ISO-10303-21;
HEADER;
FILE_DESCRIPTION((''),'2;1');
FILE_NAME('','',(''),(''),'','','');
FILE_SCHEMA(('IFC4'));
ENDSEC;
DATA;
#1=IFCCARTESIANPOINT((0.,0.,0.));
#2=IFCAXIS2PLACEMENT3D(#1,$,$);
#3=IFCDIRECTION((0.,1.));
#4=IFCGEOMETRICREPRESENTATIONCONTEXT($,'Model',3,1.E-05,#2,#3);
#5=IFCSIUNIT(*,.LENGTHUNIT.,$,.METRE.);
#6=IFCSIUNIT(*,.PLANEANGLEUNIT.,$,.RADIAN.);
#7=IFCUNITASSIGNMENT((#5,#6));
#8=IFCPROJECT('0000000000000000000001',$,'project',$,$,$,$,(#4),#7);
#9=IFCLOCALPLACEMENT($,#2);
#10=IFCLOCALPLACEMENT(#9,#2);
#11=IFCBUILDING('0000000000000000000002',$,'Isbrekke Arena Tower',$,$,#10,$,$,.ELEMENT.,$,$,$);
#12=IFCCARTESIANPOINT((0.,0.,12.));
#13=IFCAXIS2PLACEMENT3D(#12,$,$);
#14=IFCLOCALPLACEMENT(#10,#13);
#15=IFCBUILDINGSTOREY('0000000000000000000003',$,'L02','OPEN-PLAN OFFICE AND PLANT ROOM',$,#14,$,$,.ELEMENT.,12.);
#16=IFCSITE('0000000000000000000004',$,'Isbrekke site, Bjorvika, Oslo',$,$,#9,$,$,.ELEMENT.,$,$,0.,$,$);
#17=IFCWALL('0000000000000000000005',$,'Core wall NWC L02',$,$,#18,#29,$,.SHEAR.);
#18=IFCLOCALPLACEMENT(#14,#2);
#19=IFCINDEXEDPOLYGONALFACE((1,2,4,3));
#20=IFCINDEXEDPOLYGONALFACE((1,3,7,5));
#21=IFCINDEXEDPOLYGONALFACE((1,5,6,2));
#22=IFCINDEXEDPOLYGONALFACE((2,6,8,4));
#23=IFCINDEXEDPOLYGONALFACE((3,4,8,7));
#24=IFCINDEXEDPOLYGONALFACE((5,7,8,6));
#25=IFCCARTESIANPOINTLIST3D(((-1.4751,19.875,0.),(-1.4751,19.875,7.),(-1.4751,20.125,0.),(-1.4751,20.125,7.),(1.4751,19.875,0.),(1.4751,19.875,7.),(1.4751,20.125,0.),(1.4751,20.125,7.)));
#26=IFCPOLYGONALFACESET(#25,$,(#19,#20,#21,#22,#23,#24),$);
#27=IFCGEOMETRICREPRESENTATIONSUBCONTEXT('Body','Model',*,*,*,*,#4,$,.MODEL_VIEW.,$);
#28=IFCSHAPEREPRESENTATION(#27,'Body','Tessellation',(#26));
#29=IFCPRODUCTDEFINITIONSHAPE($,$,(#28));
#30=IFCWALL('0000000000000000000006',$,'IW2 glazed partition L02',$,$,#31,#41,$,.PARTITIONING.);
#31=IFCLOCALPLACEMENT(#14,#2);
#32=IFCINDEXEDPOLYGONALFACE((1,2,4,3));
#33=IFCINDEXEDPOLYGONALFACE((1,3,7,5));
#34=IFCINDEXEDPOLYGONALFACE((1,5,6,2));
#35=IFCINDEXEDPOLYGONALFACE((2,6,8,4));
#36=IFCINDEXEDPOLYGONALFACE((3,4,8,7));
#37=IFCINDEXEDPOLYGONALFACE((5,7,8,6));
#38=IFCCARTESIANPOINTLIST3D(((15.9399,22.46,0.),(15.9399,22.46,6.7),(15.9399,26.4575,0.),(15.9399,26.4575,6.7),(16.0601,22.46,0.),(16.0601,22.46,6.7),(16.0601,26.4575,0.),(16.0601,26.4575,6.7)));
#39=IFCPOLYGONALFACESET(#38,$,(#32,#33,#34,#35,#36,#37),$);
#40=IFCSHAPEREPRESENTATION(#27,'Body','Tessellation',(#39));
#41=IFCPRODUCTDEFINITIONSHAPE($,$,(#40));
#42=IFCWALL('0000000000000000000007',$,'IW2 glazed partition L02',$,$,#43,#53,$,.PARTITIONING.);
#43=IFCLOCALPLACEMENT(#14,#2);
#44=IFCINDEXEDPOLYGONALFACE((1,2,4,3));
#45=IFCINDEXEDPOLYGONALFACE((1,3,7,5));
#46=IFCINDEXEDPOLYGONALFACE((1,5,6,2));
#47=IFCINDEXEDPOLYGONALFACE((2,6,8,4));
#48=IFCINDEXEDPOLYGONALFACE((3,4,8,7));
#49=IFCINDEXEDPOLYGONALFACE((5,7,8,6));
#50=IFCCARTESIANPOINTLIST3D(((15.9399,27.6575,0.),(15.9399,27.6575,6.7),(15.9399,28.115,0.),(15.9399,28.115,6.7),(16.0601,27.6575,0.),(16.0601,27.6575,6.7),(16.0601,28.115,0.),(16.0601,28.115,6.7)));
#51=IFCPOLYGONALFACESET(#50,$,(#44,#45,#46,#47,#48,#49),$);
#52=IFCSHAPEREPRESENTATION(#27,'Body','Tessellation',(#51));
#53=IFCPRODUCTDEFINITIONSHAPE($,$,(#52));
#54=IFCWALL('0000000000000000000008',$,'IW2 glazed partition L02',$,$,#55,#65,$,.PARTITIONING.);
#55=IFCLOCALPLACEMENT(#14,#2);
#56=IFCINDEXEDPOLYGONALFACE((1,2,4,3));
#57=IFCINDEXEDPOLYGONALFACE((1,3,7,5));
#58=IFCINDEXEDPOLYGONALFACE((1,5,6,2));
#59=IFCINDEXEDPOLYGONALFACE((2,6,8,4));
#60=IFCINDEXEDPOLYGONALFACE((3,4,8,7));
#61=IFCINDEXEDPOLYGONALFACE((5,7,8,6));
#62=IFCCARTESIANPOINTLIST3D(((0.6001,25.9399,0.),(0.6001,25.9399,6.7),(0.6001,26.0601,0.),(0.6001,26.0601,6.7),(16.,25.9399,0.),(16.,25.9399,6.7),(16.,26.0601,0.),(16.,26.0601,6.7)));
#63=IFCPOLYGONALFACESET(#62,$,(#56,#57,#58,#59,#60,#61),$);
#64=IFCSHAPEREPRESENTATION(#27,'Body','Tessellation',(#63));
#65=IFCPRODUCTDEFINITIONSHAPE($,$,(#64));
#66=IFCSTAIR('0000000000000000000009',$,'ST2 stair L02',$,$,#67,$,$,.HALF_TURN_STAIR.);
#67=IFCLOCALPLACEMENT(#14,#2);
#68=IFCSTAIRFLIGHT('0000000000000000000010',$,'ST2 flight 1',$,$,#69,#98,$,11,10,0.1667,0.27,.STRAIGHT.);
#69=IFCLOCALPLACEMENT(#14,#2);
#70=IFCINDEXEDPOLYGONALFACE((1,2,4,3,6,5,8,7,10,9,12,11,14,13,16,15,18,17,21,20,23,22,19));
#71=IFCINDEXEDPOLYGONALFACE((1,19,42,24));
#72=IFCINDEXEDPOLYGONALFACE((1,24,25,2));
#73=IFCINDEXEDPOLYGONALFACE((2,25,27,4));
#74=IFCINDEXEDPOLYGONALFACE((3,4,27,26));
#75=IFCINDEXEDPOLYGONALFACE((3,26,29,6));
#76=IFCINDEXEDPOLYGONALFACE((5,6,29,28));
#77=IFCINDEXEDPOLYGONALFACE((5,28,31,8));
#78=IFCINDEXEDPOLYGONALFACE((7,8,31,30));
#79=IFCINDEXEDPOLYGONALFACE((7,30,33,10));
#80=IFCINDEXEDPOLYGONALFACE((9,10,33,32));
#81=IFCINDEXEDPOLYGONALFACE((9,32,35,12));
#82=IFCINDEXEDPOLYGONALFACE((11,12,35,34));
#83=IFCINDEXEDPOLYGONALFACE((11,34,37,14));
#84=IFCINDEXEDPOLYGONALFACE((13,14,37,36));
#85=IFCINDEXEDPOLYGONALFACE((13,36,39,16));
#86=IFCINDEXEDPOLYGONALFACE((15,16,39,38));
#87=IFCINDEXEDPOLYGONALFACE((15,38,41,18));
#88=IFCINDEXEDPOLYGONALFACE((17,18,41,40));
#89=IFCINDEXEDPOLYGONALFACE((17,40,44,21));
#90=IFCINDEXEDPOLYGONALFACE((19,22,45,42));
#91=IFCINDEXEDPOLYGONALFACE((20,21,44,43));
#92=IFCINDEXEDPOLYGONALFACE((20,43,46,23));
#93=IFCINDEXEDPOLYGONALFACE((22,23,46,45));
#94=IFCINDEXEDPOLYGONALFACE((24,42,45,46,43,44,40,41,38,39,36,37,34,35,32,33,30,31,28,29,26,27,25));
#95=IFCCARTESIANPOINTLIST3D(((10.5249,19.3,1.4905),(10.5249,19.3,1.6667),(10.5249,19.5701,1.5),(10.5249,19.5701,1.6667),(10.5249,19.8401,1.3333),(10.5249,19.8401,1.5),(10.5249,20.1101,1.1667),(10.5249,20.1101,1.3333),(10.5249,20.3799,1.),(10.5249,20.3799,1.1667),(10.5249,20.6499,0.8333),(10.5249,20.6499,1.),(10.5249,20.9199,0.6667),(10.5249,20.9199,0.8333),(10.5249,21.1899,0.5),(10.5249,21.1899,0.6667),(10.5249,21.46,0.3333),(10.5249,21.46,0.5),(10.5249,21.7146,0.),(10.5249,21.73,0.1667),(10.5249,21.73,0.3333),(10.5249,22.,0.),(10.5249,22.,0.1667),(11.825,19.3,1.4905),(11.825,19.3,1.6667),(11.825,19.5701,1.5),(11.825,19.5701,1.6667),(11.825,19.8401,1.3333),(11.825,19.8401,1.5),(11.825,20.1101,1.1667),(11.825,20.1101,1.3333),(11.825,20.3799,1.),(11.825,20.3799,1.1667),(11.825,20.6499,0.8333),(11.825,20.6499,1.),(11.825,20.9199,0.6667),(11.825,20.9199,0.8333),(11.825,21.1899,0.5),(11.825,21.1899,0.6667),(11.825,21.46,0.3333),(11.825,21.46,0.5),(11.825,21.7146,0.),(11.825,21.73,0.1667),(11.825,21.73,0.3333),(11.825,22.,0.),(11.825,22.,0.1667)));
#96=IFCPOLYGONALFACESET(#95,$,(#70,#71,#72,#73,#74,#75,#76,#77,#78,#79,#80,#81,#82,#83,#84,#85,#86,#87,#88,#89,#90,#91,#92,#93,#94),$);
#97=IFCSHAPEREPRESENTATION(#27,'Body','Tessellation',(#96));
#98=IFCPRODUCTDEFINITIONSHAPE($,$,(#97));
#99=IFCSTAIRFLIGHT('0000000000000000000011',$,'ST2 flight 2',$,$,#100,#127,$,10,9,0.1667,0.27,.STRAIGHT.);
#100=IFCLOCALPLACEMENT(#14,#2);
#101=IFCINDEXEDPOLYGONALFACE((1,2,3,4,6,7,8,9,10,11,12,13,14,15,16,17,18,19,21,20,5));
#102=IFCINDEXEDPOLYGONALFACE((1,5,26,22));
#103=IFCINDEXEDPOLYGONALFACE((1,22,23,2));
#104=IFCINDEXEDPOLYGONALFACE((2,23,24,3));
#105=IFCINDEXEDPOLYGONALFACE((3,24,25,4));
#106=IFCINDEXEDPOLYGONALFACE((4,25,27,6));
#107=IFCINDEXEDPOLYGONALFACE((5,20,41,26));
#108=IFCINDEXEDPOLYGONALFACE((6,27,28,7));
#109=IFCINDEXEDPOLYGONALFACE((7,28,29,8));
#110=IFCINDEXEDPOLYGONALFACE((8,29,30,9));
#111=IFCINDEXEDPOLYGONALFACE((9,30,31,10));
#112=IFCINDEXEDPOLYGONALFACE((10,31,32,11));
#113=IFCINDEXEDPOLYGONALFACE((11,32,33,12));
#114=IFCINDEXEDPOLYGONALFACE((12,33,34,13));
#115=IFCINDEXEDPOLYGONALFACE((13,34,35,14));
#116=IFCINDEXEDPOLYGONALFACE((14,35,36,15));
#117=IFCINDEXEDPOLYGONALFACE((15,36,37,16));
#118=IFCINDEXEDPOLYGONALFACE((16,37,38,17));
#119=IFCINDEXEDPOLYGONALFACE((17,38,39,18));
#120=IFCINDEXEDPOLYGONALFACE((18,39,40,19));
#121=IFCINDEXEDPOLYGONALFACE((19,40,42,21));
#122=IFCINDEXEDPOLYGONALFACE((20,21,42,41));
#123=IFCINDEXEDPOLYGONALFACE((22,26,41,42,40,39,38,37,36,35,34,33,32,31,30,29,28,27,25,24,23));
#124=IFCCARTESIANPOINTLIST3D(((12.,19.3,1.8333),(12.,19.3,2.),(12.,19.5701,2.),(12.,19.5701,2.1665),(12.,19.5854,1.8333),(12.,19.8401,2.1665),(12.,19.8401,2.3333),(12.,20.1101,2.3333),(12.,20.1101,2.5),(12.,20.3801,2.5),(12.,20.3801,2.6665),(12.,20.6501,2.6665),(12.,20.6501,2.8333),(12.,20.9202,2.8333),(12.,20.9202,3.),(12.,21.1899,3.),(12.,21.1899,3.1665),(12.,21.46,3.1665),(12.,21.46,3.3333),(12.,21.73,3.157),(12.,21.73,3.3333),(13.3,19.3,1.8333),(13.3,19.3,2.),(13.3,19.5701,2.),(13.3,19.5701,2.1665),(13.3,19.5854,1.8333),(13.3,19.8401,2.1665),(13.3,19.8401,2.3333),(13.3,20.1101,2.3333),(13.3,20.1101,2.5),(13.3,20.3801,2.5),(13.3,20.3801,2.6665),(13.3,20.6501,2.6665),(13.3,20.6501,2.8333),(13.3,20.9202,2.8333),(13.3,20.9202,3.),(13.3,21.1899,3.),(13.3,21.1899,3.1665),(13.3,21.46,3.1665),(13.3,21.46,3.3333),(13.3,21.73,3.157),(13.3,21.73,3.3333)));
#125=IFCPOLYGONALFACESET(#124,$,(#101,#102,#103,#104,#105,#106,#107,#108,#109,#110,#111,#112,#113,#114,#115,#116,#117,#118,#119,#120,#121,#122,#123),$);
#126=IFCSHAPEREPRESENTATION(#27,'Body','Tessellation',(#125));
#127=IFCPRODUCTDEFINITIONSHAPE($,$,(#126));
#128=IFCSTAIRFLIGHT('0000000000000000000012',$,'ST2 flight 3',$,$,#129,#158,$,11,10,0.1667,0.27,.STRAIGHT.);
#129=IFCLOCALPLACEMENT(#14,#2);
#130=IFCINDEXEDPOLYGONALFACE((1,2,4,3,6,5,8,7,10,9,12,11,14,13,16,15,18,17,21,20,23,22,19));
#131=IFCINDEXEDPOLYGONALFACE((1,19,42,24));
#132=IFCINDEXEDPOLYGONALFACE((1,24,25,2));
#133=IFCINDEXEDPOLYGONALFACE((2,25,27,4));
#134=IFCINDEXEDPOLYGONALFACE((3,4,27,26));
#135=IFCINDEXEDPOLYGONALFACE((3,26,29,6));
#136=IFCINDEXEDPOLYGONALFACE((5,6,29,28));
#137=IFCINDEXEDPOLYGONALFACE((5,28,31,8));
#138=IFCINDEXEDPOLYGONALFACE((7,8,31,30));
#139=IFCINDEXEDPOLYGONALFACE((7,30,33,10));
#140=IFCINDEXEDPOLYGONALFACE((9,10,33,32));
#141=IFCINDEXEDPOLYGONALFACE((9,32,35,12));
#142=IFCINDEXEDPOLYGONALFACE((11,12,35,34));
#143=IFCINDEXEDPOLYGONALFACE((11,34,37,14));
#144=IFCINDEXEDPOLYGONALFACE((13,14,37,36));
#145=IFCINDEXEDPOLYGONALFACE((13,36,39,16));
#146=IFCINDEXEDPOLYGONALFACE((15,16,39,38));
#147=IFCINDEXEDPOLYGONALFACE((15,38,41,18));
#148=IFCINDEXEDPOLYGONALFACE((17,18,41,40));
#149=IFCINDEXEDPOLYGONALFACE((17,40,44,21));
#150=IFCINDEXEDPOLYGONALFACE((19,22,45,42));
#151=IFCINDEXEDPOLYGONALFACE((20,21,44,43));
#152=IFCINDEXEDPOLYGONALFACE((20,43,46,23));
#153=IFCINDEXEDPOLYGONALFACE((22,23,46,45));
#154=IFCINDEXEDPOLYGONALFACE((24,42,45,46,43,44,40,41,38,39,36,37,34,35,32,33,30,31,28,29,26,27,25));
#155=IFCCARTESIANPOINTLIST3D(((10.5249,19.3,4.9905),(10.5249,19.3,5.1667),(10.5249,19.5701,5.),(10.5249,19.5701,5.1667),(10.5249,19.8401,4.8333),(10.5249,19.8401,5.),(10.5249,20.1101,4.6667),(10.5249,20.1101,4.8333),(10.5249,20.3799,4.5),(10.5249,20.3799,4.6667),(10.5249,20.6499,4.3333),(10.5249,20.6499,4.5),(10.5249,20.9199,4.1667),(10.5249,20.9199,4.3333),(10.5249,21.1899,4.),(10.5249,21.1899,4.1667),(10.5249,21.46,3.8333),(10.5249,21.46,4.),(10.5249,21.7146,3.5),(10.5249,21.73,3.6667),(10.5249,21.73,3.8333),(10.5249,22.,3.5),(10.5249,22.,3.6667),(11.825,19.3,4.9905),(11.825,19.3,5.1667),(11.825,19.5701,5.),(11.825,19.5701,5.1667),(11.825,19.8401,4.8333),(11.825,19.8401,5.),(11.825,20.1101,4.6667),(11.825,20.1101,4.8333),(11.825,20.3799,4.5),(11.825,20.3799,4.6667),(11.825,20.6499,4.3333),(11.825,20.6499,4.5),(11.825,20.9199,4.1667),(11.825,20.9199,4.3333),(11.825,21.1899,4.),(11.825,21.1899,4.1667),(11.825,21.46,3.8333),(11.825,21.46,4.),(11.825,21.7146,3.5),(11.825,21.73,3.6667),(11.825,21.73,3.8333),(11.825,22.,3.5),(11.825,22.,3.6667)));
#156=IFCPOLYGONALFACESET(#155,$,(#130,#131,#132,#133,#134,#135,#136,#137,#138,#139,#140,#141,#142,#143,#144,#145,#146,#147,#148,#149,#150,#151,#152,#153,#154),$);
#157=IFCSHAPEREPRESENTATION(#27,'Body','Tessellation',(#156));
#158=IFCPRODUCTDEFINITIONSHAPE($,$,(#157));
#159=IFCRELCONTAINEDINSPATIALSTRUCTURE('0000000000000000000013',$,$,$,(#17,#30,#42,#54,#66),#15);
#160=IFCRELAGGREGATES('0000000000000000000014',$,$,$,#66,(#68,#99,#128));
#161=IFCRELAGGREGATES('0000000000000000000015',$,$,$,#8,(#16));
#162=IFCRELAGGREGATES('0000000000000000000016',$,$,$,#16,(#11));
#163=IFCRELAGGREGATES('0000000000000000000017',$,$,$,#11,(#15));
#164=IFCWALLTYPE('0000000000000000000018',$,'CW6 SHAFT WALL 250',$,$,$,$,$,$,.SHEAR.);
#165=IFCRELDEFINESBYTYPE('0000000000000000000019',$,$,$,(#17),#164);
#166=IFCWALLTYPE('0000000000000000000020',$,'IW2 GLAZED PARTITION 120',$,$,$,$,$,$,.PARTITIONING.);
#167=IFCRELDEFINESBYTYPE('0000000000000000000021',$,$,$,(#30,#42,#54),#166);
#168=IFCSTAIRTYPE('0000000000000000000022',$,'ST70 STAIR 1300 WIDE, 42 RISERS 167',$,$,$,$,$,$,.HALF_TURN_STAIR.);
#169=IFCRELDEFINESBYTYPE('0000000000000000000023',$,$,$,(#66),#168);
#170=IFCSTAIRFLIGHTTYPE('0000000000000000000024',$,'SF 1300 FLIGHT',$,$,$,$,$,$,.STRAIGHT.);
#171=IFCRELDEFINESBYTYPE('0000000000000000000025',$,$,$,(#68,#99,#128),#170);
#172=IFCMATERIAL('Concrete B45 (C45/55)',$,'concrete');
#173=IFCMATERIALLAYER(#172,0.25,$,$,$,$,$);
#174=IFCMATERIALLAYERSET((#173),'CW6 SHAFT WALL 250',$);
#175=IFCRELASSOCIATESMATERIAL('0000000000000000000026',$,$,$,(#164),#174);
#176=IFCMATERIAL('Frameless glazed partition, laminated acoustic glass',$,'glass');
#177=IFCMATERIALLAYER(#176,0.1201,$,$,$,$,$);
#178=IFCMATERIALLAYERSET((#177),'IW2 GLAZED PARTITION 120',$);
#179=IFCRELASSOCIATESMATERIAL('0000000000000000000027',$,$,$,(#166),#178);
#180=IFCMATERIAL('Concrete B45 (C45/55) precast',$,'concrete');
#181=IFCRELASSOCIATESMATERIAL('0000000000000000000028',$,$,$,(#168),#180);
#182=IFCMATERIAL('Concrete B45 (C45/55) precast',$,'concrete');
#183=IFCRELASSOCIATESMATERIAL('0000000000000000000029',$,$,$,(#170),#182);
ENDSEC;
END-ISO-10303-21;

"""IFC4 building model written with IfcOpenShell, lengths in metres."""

from ifc_helpers import new_model, si_unit, direction, frame, frame_2d, origin, place, context, subcontext, project, spatial, polyline, rectangle, outline, extrude, material, layer, layer_set, type_object, element, aggregate, save


model = new_model("IFC4")

# Units and contexts
model_context = context("Model", 3, precision=1e-05, world=origin(), true_north=direction((0.0, 1.0)))
body_context = subcontext(model_context, "Body", "Model", "MODEL_VIEW")
ifc_project = project(units=[si_unit("LENGTHUNIT", "METRE"), si_unit("PLANEANGLEUNIT", "RADIAN")], contexts=[model_context])

# Site, building, storey
site_placement = place(None, origin())
site = spatial("IfcSite", under=ifc_project, at=site_placement, Name="Isbrekke site, Bjorvika, Oslo", CompositionType="ELEMENT", RefElevation=0.0)
building_placement = place(site_placement, origin())
building = spatial("IfcBuilding", under=site, at=building_placement, Name="Isbrekke Arena Tower", CompositionType="ELEMENT")
storey_placement = place(building_placement, frame((0.0, 0.0, 12.0)))
storey = spatial("IfcBuildingStorey", under=building, at=storey_placement, Name="L02", Description="OPEN-PLAN OFFICE AND PLANT ROOM", CompositionType="ELEMENT", Elevation=12.0)

# Walls
ifc_material_1 = material(Name="Concrete B45 (C45/55)", Category="concrete")
ifc_layer_1 = layer(ifc_material_1, 0.25)
ifc_layer_set_1 = layer_set([ifc_layer_1], Name="CW6 SHAFT WALL 250")
wall_type_1 = type_object("IfcWallType", Name="CW6 SHAFT WALL 250", PredefinedType="SHEAR", material=ifc_layer_set_1)
wall_1_placement = place(storey_placement, frame((-1.4751, 20.0, 0.0), z_axis=(0.0, 0.0, 1.0), x_axis=(1.0, 0.0, 0.0)))
element("IfcWall", 1, at=wall_1_placement, inside=storey, type_object=wall_type_1, Name="Core wall NWC L02", PredefinedType="SHEAR", context=body_context, shape_type="SweptSolid", body=[
    extrude(rectangle(XDim=2.9502, YDim=0.25, at=frame_2d((1.4751, 0.0))), origin(), (0.0, 0.0, 1.0), 7.0),
])
ifc_material_2 = material(Name="Frameless glazed partition, laminated acoustic glass", Category="glass")
ifc_layer_2 = layer(ifc_material_2, 0.1201)
ifc_layer_set_2 = layer_set([ifc_layer_2], Name="IW2 GLAZED PARTITION 120")
wall_type_2 = type_object("IfcWallType", Name="IW2 GLAZED PARTITION 120", PredefinedType="PARTITIONING", material=ifc_layer_set_2)
wall_2_placement = place(storey_placement, frame((16.0, 22.46, 0.0), z_axis=(0.0, 0.0, 1.0), x_axis=(0.0, 1.0, 0.0)))
element("IfcWall", 2, at=wall_2_placement, inside=storey, type_object=wall_type_2, Name="IW2 glazed partition L02", PredefinedType="PARTITIONING", context=body_context, shape_type="SweptSolid", body=[
    extrude(rectangle(XDim=3.9976, YDim=0.1201, at=frame_2d((1.9988, 0.0))), origin(), (0.0, 0.0, 1.0), 6.7),
])
wall_3_placement = place(storey_placement, frame((16.0, 27.6575, 0.0), z_axis=(0.0, 0.0, 1.0), x_axis=(0.0, 1.0, 0.0)))
element("IfcWall", 3, at=wall_3_placement, inside=storey, type_object=wall_type_2, Name="IW2 glazed partition L02", PredefinedType="PARTITIONING", context=body_context, shape_type="SweptSolid", body=[
    extrude(rectangle(XDim=0.4575, YDim=0.1201, at=frame_2d((0.2288, 0.0))), origin(), (0.0, 0.0, 1.0), 6.7),
])
wall_4_placement = place(storey_placement, frame((0.6001, 26.0, 0.0), z_axis=(0.0, 0.0, 1.0), x_axis=(1.0, 0.0, 0.0)))
element("IfcWall", 4, at=wall_4_placement, inside=storey, type_object=wall_type_2, Name="IW2 glazed partition L02", PredefinedType="PARTITIONING", context=body_context, shape_type="SweptSolid", body=[
    extrude(rectangle(XDim=15.3999, YDim=0.1201, at=frame_2d((7.7, 0.0))), origin(), (0.0, 0.0, 1.0), 6.7),
])

# Stair, stair flights
ifc_material_3 = material(Name="Concrete B45 (C45/55) precast", Category="concrete")
stair_type = type_object("IfcStairType", Name="ST70 STAIR 1300 WIDE, 42 RISERS 167", PredefinedType="HALF_TURN_STAIR", material=ifc_material_3)
stair_placement = place(storey_placement, origin())
stair = element("IfcStair", 5, at=stair_placement, inside=storey, type_object=stair_type, Name="ST2 stair L02", PredefinedType="HALF_TURN_STAIR")
ifc_material_4 = material(Name="Concrete B45 (C45/55) precast", Category="concrete")
stair_flight_type = type_object("IfcStairFlightType", Name="SF 1300 FLIGHT", PredefinedType="STRAIGHT", material=ifc_material_4)
stair_flight_1_placement = place(storey_placement, frame((11.175, 22.0, 0.0), z_axis=(0.0, 0.0, 1.0), x_axis=(0.0, -1.0, 0.0)))
stair_flight_1 = element("IfcStairFlight", 6, at=stair_flight_1_placement, type_object=stair_flight_type, Name="ST2 flight 1", NumberOfRisers=11, NumberOfTreads=10, PredefinedType="STRAIGHT", RiserHeight=0.1667, TreadLength=0.27, context=body_context, shape_type="SweptSolid", body=[
    extrude(outline(polyline([(0.0, 0.0), (0.0, 0.1667), (0.27, 0.1667), (0.27, 0.3333), (0.54, 0.3333), (0.54, 0.5), (0.8101, 0.5), (0.8101, 0.6667), (1.0801, 0.6667), (1.0801, 0.8333), (1.3501, 0.8333), (1.3501, 1.0), (1.6201, 1.0), (1.6201, 1.1667), (1.8899, 1.1667), (1.8899, 1.3333), (2.1599, 1.3333), (2.1599, 1.5), (2.4299, 1.5), (2.4299, 1.6667), (2.7, 1.6667), (2.7, 1.8333), (2.7, 1.4905), (0.2854, 0.0), (0.0, 0.0)])), frame((0.0, 0.6499, 0.0), z_axis=(0.0, -1.0, 0.0), x_axis=(1.0, 0.0, 0.0)), (0.0, 0.0, 1.0), 1.3),
])
stair_flight_2_placement = place(storey_placement, frame((12.6499, 19.3, 1.8333), z_axis=(0.0, 0.0, 1.0), x_axis=(0.0, 1.0, 0.0)))
stair_flight_2 = element("IfcStairFlight", 7, at=stair_flight_2_placement, type_object=stair_flight_type, Name="ST2 flight 2", NumberOfRisers=10, NumberOfTreads=9, PredefinedType="STRAIGHT", RiserHeight=0.1667, TreadLength=0.27, context=body_context, shape_type="SweptSolid", body=[
    extrude(outline(polyline([(0.0, 0.0), (0.0, 0.1667), (0.27, 0.1667), (0.27, 0.3333), (0.54, 0.3333), (0.54, 0.5), (0.8101, 0.5), (0.8101, 0.6667), (1.0801, 0.6667), (1.0801, 0.8333), (1.3501, 0.8333), (1.3501, 1.0), (1.6201, 1.0), (1.6201, 1.1667), (1.8899, 1.1667), (1.8899, 1.3333), (2.1599, 1.3333), (2.1599, 1.5), (2.4299, 1.5), (2.4299, 1.6667), (2.4299, 1.3237), (0.2854, 0.0), (0.0, 0.0)])), frame((0.0, 0.6499, 0.0), z_axis=(0.0, -1.0, 0.0), x_axis=(1.0, 0.0, 0.0)), (0.0, 0.0, 1.0), 1.3),
])
stair_flight_3_placement = place(storey_placement, frame((11.175, 22.0, 3.5), z_axis=(0.0, 0.0, 1.0), x_axis=(0.0, -1.0, 0.0)))
stair_flight_3 = element("IfcStairFlight", 8, at=stair_flight_3_placement, type_object=stair_flight_type, Name="ST2 flight 3", NumberOfRisers=11, NumberOfTreads=10, PredefinedType="STRAIGHT", RiserHeight=0.1667, TreadLength=0.27, context=body_context, shape_type="SweptSolid", body=[
    extrude(outline(polyline([(0.0, 0.0), (0.0, 0.1667), (0.27, 0.1667), (0.27, 0.3333), (0.54, 0.3333), (0.54, 0.5), (0.8101, 0.5), (0.8101, 0.6667), (1.0801, 0.6667), (1.0801, 0.8333), (1.3501, 0.8333), (1.3501, 1.0), (1.6201, 1.0), (1.6201, 1.1667), (1.8899, 1.1667), (1.8899, 1.3333), (2.1599, 1.3333), (2.1599, 1.5), (2.4299, 1.5), (2.4299, 1.6667), (2.7, 1.6667), (2.7, 1.8333), (2.7, 1.4905), (0.2854, 0.0), (0.0, 0.0)])), frame((0.0, 0.6499, 0.0), z_axis=(0.0, -1.0, 0.0), x_axis=(1.0, 0.0, 0.0)), (0.0, 0.0, 1.0), 1.3),
])
aggregate(stair, [stair_flight_1, stair_flight_2, stair_flight_3])

save(model, "model.ifc")
